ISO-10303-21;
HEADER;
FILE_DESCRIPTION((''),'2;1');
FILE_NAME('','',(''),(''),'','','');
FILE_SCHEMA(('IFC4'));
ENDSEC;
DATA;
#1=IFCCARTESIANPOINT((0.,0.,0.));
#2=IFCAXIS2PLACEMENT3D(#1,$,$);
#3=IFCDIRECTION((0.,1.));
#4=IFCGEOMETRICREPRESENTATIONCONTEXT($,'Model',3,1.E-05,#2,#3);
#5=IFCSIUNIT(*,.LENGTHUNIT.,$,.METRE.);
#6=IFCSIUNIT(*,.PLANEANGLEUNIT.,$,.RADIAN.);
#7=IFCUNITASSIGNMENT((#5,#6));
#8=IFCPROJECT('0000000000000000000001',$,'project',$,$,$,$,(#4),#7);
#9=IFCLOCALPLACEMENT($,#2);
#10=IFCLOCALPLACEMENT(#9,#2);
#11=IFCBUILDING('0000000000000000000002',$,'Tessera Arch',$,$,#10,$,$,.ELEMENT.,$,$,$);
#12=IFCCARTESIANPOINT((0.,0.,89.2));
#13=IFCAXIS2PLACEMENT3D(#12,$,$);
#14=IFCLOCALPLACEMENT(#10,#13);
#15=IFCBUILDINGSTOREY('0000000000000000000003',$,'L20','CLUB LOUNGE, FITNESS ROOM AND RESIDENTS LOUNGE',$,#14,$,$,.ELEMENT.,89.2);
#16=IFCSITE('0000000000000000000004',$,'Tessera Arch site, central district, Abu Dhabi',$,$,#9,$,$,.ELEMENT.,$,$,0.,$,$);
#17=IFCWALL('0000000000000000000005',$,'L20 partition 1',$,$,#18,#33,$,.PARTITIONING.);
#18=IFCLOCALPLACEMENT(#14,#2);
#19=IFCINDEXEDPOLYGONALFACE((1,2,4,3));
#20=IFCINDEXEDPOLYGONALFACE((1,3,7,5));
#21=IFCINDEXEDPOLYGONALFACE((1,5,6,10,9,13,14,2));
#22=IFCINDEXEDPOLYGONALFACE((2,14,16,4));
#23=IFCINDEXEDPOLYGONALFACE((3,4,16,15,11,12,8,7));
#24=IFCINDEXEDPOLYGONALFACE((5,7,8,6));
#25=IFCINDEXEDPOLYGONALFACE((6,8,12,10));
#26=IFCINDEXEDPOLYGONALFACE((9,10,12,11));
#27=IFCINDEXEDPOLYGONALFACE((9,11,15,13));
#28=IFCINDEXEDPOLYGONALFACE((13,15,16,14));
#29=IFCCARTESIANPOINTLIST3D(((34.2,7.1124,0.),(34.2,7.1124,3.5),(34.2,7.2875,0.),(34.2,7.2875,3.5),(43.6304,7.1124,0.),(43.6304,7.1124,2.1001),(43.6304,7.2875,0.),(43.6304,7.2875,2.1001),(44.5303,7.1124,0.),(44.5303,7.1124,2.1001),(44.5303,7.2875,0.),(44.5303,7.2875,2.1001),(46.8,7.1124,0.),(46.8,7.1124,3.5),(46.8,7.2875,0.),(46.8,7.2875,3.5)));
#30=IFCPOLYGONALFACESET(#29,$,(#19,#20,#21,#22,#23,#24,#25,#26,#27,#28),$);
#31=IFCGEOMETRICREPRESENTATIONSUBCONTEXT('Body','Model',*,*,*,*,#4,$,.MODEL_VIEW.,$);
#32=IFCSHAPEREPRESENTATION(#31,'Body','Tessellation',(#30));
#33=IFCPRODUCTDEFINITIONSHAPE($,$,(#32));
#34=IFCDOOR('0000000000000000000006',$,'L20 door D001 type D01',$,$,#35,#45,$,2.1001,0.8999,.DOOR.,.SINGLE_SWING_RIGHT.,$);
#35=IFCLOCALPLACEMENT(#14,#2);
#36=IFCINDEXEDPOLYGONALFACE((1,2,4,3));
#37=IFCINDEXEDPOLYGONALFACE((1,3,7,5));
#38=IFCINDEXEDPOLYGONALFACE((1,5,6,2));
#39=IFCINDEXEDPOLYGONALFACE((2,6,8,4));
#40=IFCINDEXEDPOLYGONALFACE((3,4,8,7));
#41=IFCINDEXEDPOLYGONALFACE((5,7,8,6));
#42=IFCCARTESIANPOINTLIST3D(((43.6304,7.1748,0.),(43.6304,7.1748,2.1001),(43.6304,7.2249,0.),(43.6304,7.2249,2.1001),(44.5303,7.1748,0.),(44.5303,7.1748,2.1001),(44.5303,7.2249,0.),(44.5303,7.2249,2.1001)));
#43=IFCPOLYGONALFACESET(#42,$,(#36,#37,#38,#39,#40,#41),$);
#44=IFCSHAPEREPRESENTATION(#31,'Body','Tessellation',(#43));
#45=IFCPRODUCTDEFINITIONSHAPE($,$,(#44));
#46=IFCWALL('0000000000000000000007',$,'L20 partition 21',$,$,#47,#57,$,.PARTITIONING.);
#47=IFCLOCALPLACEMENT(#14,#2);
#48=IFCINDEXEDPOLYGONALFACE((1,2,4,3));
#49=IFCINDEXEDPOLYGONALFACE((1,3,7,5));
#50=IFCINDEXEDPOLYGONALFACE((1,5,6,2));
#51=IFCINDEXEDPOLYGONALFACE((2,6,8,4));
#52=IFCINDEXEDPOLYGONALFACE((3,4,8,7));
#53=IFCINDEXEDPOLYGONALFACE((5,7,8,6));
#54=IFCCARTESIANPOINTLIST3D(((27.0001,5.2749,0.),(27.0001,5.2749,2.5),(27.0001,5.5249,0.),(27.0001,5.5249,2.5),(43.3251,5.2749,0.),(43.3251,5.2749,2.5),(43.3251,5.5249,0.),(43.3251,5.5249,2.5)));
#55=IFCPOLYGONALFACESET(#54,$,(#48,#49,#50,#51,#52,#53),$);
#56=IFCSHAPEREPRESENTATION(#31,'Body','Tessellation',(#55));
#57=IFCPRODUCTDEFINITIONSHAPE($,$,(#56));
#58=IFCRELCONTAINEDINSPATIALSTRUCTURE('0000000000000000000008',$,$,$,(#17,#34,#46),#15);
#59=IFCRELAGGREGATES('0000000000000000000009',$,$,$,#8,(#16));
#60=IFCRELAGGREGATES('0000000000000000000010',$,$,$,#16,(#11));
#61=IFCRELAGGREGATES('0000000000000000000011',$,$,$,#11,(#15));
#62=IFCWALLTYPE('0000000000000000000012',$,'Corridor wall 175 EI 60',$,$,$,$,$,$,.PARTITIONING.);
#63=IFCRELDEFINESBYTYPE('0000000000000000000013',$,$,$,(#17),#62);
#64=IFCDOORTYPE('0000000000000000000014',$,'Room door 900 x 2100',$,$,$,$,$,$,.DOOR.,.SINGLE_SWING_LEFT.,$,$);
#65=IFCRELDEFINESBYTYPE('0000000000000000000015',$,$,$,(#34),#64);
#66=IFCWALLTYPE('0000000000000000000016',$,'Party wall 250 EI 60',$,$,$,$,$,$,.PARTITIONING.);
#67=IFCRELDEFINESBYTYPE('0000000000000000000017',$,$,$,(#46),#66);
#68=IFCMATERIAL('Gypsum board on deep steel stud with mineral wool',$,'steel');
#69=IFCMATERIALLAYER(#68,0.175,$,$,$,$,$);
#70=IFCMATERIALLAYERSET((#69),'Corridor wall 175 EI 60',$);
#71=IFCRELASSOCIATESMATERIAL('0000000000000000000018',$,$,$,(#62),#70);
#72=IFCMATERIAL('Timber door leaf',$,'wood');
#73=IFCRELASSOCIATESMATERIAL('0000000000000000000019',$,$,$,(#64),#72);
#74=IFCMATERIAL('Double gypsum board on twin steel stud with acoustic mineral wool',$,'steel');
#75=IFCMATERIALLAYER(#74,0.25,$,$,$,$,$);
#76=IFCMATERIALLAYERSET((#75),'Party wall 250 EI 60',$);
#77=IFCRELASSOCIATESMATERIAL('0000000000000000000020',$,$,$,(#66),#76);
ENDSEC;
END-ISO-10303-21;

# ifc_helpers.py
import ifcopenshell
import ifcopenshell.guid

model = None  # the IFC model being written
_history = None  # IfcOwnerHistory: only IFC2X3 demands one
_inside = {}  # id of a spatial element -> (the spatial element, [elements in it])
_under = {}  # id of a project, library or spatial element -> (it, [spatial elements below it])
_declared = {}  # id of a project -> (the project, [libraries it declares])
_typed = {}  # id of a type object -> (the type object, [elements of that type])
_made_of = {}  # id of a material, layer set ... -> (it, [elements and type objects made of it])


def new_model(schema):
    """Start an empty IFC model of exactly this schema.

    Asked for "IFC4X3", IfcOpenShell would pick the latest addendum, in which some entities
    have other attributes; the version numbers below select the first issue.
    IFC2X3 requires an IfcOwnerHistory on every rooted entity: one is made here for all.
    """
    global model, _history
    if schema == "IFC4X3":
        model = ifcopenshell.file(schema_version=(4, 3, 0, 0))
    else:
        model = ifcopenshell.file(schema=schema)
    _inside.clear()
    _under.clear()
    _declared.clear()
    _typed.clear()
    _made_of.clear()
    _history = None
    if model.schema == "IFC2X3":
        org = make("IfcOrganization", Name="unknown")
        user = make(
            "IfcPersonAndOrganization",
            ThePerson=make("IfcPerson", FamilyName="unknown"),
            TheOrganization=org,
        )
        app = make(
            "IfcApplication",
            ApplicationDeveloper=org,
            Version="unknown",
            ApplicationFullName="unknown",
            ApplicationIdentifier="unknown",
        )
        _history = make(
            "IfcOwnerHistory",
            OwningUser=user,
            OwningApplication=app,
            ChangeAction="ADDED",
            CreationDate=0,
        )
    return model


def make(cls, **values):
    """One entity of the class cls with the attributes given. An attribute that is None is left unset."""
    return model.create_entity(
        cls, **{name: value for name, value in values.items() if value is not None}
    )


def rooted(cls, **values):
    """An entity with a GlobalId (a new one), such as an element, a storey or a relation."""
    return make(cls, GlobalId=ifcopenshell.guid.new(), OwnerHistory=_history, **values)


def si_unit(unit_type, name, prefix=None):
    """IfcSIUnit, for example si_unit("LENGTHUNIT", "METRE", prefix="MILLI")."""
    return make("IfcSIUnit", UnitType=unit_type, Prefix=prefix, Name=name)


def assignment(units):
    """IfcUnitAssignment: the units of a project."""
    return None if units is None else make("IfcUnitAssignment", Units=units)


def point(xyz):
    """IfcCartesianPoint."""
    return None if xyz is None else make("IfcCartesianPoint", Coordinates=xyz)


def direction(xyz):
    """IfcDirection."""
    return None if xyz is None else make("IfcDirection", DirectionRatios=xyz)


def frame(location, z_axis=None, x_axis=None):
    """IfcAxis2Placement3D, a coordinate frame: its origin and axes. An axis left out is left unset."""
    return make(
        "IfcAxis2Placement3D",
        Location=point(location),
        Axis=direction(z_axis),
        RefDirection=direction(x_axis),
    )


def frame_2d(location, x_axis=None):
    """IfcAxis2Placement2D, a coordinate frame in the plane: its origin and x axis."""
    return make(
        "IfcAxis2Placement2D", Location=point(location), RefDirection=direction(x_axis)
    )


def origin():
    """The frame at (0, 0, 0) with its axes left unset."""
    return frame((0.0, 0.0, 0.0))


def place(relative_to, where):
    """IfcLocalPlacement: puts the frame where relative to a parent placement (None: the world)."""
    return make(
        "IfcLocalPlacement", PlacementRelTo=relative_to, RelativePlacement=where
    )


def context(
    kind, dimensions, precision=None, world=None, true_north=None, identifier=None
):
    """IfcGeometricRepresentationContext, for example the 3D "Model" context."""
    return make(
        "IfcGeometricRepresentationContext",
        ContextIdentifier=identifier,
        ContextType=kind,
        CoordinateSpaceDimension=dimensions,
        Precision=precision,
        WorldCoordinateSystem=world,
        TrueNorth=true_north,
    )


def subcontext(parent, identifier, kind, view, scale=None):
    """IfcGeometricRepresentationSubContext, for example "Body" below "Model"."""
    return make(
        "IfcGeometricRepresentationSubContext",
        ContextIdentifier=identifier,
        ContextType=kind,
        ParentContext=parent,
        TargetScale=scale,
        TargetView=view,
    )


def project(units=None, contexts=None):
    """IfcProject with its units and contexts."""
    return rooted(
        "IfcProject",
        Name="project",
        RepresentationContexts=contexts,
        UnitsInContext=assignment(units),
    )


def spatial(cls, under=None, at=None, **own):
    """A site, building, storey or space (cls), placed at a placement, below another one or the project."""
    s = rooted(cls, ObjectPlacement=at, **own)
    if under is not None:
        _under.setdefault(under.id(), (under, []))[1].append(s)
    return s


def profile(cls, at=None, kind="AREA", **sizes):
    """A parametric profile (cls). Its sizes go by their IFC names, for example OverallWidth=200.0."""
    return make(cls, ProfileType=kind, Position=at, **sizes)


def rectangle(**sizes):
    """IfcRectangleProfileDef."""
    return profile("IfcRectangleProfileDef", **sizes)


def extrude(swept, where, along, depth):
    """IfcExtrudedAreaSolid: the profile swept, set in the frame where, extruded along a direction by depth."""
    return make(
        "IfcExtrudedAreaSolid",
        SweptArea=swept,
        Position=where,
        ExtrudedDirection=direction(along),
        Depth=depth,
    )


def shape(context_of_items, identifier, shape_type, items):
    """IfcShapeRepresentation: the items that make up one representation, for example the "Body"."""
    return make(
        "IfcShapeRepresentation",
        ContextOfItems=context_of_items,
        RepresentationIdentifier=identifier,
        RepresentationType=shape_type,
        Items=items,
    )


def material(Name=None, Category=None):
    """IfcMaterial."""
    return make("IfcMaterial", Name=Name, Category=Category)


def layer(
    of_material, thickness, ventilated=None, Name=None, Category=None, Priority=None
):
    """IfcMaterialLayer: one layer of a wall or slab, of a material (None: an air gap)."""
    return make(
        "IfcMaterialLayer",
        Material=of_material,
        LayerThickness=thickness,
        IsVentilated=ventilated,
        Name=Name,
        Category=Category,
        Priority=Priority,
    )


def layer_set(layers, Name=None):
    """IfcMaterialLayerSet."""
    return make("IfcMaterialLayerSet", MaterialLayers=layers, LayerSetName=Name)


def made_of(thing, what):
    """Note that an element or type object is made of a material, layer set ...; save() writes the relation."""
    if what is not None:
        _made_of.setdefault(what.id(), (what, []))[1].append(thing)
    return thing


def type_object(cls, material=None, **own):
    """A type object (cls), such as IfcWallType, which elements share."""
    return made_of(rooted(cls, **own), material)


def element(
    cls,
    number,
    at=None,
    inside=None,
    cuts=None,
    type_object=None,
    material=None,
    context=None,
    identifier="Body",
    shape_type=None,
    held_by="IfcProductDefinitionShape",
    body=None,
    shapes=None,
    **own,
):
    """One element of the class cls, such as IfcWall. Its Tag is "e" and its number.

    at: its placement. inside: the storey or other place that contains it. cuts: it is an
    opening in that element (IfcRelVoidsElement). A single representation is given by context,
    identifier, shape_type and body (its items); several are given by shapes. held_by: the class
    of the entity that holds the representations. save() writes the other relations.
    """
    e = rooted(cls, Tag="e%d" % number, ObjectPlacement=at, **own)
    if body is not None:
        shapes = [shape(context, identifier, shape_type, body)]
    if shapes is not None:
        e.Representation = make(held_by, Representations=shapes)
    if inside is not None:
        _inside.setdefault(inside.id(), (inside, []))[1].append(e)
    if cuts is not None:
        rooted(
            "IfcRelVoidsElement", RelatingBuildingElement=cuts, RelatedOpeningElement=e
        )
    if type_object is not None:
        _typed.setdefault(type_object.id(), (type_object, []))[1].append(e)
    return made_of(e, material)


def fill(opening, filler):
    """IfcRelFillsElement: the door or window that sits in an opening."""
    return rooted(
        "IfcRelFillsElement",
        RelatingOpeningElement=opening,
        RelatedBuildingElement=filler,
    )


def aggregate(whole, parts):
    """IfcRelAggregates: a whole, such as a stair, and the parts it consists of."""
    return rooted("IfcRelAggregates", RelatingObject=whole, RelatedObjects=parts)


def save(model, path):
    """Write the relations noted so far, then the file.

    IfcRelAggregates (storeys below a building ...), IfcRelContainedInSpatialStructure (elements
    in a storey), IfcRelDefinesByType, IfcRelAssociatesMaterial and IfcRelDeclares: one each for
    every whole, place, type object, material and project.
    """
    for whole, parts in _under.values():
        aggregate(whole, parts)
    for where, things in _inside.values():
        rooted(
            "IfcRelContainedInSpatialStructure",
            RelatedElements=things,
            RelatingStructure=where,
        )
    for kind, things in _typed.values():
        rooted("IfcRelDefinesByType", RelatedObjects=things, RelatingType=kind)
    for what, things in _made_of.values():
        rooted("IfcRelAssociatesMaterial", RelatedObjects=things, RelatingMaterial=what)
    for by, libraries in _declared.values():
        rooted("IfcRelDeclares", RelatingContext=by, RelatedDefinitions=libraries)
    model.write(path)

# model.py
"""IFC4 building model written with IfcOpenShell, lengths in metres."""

from ifc_helpers import new_model, si_unit, direction, frame, frame_2d, origin, place, context, subcontext, project, spatial, rectangle, extrude, material, layer, layer_set, type_object, element, fill, save


model = new_model("IFC4")

# Units and contexts
model_context = context("Model", 3, precision=1e-05, world=origin(), true_north=direction((0.0, 1.0)))
body_context = subcontext(model_context, "Body", "Model", "MODEL_VIEW")
ifc_project = project(units=[si_unit("LENGTHUNIT", "METRE"), si_unit("PLANEANGLEUNIT", "RADIAN")], contexts=[model_context])

# Site, building, storey
site_placement = place(None, origin())
site = spatial("IfcSite", under=ifc_project, at=site_placement, Name="Tessera Arch site, central district, Abu Dhabi", CompositionType="ELEMENT", RefElevation=0.0)
building_placement = place(site_placement, origin())
building = spatial("IfcBuilding", under=site, at=building_placement, Name="Tessera Arch", CompositionType="ELEMENT")
storey_placement = place(building_placement, frame((0.0, 0.0, 89.2)))
storey = spatial("IfcBuildingStorey", under=building, at=storey_placement, Name="L20", Description="CLUB LOUNGE, FITNESS ROOM AND RESIDENTS LOUNGE", CompositionType="ELEMENT", Elevation=89.2)

# Wall, opening, door
ifc_material_1 = material(Name="Gypsum board on deep steel stud with mineral wool", Category="steel")
ifc_layer_1 = layer(ifc_material_1, 0.175)
ifc_layer_set_1 = layer_set([ifc_layer_1], Name="Corridor wall 175 EI 60")
wall_type_1 = type_object("IfcWallType", Name="Corridor wall 175 EI 60", PredefinedType="PARTITIONING", material=ifc_layer_set_1)
wall_1_placement = place(storey_placement, frame((34.2, 7.2, 0.0), z_axis=(0.0, 0.0, 1.0), x_axis=(1.0, 0.0, 0.0)))
wall_1 = element("IfcWall", 1, at=wall_1_placement, inside=storey, type_object=wall_type_1, Name="L20 partition 1", PredefinedType="PARTITIONING", context=body_context, shape_type="SweptSolid", body=[
    extrude(rectangle(XDim=12.6001, YDim=0.175, at=frame_2d((6.3, 0.0))), origin(), (0.0, 0.0, 1.0), 3.5),
])
opening_placement = place(wall_1_placement, frame((9.4304, 0.0, 0.0)))
opening = element("IfcOpeningElement", 2, at=opening_placement, cuts=wall_1, PredefinedType="OPENING", context=body_context, shape_type="SweptSolid", body=[
    extrude(rectangle(XDim=0.8999, YDim=2.1001, at=frame_2d((0.45, 1.05))), frame((0.0, 0.0974, 0.0), z_axis=(0.0, -1.0, 0.0), x_axis=(1.0, 0.0, 0.0)), (0.0, 0.0, 1.0), 0.1951),
])
ifc_material_2 = material(Name="Timber door leaf", Category="wood")
door_type = type_object("IfcDoorType", Name="Room door 900 x 2100", OperationType="SINGLE_SWING_LEFT", PredefinedType="DOOR", material=ifc_material_2)
door_placement = place(opening_placement, origin())
door = element("IfcDoor", 3, at=door_placement, inside=storey, type_object=door_type, Name="L20 door D001 type D01", OperationType="SINGLE_SWING_RIGHT", OverallHeight=2.1001, OverallWidth=0.8999, PredefinedType="DOOR", context=body_context, shape_type="SweptSolid", body=[
    extrude(rectangle(XDim=0.8999, YDim=2.1001, at=frame_2d((0.45, 1.05))), frame((0.0, 0.0249, 0.0), z_axis=(0.0, -1.0, 0.0), x_axis=(1.0, 0.0, 0.0)), (0.0, 0.0, 1.0), 0.05),
])
fill(opening, door)

# Wall
ifc_material_3 = material(Name="Double gypsum board on twin steel stud with acoustic mineral wool", Category="steel")
ifc_layer_2 = layer(ifc_material_3, 0.25)
ifc_layer_set_2 = layer_set([ifc_layer_2], Name="Party wall 250 EI 60")
wall_type_2 = type_object("IfcWallType", Name="Party wall 250 EI 60", PredefinedType="PARTITIONING", material=ifc_layer_set_2)
wall_2_placement = place(storey_placement, frame((27.0, 5.3999, 0.0), z_axis=(0.0, 0.0, 1.0), x_axis=(1.0, 0.0, 0.0)))
element("IfcWall", 4, at=wall_2_placement, inside=storey, type_object=wall_type_2, Name="L20 partition 21", PredefinedType="PARTITIONING", context=body_context, shape_type="SweptSolid", body=[
    extrude(rectangle(XDim=16.325, YDim=0.25, at=frame_2d((8.1626, 0.0))), origin(), (0.0, 0.0, 1.0), 2.5),
])

save(model, "model.ifc")
